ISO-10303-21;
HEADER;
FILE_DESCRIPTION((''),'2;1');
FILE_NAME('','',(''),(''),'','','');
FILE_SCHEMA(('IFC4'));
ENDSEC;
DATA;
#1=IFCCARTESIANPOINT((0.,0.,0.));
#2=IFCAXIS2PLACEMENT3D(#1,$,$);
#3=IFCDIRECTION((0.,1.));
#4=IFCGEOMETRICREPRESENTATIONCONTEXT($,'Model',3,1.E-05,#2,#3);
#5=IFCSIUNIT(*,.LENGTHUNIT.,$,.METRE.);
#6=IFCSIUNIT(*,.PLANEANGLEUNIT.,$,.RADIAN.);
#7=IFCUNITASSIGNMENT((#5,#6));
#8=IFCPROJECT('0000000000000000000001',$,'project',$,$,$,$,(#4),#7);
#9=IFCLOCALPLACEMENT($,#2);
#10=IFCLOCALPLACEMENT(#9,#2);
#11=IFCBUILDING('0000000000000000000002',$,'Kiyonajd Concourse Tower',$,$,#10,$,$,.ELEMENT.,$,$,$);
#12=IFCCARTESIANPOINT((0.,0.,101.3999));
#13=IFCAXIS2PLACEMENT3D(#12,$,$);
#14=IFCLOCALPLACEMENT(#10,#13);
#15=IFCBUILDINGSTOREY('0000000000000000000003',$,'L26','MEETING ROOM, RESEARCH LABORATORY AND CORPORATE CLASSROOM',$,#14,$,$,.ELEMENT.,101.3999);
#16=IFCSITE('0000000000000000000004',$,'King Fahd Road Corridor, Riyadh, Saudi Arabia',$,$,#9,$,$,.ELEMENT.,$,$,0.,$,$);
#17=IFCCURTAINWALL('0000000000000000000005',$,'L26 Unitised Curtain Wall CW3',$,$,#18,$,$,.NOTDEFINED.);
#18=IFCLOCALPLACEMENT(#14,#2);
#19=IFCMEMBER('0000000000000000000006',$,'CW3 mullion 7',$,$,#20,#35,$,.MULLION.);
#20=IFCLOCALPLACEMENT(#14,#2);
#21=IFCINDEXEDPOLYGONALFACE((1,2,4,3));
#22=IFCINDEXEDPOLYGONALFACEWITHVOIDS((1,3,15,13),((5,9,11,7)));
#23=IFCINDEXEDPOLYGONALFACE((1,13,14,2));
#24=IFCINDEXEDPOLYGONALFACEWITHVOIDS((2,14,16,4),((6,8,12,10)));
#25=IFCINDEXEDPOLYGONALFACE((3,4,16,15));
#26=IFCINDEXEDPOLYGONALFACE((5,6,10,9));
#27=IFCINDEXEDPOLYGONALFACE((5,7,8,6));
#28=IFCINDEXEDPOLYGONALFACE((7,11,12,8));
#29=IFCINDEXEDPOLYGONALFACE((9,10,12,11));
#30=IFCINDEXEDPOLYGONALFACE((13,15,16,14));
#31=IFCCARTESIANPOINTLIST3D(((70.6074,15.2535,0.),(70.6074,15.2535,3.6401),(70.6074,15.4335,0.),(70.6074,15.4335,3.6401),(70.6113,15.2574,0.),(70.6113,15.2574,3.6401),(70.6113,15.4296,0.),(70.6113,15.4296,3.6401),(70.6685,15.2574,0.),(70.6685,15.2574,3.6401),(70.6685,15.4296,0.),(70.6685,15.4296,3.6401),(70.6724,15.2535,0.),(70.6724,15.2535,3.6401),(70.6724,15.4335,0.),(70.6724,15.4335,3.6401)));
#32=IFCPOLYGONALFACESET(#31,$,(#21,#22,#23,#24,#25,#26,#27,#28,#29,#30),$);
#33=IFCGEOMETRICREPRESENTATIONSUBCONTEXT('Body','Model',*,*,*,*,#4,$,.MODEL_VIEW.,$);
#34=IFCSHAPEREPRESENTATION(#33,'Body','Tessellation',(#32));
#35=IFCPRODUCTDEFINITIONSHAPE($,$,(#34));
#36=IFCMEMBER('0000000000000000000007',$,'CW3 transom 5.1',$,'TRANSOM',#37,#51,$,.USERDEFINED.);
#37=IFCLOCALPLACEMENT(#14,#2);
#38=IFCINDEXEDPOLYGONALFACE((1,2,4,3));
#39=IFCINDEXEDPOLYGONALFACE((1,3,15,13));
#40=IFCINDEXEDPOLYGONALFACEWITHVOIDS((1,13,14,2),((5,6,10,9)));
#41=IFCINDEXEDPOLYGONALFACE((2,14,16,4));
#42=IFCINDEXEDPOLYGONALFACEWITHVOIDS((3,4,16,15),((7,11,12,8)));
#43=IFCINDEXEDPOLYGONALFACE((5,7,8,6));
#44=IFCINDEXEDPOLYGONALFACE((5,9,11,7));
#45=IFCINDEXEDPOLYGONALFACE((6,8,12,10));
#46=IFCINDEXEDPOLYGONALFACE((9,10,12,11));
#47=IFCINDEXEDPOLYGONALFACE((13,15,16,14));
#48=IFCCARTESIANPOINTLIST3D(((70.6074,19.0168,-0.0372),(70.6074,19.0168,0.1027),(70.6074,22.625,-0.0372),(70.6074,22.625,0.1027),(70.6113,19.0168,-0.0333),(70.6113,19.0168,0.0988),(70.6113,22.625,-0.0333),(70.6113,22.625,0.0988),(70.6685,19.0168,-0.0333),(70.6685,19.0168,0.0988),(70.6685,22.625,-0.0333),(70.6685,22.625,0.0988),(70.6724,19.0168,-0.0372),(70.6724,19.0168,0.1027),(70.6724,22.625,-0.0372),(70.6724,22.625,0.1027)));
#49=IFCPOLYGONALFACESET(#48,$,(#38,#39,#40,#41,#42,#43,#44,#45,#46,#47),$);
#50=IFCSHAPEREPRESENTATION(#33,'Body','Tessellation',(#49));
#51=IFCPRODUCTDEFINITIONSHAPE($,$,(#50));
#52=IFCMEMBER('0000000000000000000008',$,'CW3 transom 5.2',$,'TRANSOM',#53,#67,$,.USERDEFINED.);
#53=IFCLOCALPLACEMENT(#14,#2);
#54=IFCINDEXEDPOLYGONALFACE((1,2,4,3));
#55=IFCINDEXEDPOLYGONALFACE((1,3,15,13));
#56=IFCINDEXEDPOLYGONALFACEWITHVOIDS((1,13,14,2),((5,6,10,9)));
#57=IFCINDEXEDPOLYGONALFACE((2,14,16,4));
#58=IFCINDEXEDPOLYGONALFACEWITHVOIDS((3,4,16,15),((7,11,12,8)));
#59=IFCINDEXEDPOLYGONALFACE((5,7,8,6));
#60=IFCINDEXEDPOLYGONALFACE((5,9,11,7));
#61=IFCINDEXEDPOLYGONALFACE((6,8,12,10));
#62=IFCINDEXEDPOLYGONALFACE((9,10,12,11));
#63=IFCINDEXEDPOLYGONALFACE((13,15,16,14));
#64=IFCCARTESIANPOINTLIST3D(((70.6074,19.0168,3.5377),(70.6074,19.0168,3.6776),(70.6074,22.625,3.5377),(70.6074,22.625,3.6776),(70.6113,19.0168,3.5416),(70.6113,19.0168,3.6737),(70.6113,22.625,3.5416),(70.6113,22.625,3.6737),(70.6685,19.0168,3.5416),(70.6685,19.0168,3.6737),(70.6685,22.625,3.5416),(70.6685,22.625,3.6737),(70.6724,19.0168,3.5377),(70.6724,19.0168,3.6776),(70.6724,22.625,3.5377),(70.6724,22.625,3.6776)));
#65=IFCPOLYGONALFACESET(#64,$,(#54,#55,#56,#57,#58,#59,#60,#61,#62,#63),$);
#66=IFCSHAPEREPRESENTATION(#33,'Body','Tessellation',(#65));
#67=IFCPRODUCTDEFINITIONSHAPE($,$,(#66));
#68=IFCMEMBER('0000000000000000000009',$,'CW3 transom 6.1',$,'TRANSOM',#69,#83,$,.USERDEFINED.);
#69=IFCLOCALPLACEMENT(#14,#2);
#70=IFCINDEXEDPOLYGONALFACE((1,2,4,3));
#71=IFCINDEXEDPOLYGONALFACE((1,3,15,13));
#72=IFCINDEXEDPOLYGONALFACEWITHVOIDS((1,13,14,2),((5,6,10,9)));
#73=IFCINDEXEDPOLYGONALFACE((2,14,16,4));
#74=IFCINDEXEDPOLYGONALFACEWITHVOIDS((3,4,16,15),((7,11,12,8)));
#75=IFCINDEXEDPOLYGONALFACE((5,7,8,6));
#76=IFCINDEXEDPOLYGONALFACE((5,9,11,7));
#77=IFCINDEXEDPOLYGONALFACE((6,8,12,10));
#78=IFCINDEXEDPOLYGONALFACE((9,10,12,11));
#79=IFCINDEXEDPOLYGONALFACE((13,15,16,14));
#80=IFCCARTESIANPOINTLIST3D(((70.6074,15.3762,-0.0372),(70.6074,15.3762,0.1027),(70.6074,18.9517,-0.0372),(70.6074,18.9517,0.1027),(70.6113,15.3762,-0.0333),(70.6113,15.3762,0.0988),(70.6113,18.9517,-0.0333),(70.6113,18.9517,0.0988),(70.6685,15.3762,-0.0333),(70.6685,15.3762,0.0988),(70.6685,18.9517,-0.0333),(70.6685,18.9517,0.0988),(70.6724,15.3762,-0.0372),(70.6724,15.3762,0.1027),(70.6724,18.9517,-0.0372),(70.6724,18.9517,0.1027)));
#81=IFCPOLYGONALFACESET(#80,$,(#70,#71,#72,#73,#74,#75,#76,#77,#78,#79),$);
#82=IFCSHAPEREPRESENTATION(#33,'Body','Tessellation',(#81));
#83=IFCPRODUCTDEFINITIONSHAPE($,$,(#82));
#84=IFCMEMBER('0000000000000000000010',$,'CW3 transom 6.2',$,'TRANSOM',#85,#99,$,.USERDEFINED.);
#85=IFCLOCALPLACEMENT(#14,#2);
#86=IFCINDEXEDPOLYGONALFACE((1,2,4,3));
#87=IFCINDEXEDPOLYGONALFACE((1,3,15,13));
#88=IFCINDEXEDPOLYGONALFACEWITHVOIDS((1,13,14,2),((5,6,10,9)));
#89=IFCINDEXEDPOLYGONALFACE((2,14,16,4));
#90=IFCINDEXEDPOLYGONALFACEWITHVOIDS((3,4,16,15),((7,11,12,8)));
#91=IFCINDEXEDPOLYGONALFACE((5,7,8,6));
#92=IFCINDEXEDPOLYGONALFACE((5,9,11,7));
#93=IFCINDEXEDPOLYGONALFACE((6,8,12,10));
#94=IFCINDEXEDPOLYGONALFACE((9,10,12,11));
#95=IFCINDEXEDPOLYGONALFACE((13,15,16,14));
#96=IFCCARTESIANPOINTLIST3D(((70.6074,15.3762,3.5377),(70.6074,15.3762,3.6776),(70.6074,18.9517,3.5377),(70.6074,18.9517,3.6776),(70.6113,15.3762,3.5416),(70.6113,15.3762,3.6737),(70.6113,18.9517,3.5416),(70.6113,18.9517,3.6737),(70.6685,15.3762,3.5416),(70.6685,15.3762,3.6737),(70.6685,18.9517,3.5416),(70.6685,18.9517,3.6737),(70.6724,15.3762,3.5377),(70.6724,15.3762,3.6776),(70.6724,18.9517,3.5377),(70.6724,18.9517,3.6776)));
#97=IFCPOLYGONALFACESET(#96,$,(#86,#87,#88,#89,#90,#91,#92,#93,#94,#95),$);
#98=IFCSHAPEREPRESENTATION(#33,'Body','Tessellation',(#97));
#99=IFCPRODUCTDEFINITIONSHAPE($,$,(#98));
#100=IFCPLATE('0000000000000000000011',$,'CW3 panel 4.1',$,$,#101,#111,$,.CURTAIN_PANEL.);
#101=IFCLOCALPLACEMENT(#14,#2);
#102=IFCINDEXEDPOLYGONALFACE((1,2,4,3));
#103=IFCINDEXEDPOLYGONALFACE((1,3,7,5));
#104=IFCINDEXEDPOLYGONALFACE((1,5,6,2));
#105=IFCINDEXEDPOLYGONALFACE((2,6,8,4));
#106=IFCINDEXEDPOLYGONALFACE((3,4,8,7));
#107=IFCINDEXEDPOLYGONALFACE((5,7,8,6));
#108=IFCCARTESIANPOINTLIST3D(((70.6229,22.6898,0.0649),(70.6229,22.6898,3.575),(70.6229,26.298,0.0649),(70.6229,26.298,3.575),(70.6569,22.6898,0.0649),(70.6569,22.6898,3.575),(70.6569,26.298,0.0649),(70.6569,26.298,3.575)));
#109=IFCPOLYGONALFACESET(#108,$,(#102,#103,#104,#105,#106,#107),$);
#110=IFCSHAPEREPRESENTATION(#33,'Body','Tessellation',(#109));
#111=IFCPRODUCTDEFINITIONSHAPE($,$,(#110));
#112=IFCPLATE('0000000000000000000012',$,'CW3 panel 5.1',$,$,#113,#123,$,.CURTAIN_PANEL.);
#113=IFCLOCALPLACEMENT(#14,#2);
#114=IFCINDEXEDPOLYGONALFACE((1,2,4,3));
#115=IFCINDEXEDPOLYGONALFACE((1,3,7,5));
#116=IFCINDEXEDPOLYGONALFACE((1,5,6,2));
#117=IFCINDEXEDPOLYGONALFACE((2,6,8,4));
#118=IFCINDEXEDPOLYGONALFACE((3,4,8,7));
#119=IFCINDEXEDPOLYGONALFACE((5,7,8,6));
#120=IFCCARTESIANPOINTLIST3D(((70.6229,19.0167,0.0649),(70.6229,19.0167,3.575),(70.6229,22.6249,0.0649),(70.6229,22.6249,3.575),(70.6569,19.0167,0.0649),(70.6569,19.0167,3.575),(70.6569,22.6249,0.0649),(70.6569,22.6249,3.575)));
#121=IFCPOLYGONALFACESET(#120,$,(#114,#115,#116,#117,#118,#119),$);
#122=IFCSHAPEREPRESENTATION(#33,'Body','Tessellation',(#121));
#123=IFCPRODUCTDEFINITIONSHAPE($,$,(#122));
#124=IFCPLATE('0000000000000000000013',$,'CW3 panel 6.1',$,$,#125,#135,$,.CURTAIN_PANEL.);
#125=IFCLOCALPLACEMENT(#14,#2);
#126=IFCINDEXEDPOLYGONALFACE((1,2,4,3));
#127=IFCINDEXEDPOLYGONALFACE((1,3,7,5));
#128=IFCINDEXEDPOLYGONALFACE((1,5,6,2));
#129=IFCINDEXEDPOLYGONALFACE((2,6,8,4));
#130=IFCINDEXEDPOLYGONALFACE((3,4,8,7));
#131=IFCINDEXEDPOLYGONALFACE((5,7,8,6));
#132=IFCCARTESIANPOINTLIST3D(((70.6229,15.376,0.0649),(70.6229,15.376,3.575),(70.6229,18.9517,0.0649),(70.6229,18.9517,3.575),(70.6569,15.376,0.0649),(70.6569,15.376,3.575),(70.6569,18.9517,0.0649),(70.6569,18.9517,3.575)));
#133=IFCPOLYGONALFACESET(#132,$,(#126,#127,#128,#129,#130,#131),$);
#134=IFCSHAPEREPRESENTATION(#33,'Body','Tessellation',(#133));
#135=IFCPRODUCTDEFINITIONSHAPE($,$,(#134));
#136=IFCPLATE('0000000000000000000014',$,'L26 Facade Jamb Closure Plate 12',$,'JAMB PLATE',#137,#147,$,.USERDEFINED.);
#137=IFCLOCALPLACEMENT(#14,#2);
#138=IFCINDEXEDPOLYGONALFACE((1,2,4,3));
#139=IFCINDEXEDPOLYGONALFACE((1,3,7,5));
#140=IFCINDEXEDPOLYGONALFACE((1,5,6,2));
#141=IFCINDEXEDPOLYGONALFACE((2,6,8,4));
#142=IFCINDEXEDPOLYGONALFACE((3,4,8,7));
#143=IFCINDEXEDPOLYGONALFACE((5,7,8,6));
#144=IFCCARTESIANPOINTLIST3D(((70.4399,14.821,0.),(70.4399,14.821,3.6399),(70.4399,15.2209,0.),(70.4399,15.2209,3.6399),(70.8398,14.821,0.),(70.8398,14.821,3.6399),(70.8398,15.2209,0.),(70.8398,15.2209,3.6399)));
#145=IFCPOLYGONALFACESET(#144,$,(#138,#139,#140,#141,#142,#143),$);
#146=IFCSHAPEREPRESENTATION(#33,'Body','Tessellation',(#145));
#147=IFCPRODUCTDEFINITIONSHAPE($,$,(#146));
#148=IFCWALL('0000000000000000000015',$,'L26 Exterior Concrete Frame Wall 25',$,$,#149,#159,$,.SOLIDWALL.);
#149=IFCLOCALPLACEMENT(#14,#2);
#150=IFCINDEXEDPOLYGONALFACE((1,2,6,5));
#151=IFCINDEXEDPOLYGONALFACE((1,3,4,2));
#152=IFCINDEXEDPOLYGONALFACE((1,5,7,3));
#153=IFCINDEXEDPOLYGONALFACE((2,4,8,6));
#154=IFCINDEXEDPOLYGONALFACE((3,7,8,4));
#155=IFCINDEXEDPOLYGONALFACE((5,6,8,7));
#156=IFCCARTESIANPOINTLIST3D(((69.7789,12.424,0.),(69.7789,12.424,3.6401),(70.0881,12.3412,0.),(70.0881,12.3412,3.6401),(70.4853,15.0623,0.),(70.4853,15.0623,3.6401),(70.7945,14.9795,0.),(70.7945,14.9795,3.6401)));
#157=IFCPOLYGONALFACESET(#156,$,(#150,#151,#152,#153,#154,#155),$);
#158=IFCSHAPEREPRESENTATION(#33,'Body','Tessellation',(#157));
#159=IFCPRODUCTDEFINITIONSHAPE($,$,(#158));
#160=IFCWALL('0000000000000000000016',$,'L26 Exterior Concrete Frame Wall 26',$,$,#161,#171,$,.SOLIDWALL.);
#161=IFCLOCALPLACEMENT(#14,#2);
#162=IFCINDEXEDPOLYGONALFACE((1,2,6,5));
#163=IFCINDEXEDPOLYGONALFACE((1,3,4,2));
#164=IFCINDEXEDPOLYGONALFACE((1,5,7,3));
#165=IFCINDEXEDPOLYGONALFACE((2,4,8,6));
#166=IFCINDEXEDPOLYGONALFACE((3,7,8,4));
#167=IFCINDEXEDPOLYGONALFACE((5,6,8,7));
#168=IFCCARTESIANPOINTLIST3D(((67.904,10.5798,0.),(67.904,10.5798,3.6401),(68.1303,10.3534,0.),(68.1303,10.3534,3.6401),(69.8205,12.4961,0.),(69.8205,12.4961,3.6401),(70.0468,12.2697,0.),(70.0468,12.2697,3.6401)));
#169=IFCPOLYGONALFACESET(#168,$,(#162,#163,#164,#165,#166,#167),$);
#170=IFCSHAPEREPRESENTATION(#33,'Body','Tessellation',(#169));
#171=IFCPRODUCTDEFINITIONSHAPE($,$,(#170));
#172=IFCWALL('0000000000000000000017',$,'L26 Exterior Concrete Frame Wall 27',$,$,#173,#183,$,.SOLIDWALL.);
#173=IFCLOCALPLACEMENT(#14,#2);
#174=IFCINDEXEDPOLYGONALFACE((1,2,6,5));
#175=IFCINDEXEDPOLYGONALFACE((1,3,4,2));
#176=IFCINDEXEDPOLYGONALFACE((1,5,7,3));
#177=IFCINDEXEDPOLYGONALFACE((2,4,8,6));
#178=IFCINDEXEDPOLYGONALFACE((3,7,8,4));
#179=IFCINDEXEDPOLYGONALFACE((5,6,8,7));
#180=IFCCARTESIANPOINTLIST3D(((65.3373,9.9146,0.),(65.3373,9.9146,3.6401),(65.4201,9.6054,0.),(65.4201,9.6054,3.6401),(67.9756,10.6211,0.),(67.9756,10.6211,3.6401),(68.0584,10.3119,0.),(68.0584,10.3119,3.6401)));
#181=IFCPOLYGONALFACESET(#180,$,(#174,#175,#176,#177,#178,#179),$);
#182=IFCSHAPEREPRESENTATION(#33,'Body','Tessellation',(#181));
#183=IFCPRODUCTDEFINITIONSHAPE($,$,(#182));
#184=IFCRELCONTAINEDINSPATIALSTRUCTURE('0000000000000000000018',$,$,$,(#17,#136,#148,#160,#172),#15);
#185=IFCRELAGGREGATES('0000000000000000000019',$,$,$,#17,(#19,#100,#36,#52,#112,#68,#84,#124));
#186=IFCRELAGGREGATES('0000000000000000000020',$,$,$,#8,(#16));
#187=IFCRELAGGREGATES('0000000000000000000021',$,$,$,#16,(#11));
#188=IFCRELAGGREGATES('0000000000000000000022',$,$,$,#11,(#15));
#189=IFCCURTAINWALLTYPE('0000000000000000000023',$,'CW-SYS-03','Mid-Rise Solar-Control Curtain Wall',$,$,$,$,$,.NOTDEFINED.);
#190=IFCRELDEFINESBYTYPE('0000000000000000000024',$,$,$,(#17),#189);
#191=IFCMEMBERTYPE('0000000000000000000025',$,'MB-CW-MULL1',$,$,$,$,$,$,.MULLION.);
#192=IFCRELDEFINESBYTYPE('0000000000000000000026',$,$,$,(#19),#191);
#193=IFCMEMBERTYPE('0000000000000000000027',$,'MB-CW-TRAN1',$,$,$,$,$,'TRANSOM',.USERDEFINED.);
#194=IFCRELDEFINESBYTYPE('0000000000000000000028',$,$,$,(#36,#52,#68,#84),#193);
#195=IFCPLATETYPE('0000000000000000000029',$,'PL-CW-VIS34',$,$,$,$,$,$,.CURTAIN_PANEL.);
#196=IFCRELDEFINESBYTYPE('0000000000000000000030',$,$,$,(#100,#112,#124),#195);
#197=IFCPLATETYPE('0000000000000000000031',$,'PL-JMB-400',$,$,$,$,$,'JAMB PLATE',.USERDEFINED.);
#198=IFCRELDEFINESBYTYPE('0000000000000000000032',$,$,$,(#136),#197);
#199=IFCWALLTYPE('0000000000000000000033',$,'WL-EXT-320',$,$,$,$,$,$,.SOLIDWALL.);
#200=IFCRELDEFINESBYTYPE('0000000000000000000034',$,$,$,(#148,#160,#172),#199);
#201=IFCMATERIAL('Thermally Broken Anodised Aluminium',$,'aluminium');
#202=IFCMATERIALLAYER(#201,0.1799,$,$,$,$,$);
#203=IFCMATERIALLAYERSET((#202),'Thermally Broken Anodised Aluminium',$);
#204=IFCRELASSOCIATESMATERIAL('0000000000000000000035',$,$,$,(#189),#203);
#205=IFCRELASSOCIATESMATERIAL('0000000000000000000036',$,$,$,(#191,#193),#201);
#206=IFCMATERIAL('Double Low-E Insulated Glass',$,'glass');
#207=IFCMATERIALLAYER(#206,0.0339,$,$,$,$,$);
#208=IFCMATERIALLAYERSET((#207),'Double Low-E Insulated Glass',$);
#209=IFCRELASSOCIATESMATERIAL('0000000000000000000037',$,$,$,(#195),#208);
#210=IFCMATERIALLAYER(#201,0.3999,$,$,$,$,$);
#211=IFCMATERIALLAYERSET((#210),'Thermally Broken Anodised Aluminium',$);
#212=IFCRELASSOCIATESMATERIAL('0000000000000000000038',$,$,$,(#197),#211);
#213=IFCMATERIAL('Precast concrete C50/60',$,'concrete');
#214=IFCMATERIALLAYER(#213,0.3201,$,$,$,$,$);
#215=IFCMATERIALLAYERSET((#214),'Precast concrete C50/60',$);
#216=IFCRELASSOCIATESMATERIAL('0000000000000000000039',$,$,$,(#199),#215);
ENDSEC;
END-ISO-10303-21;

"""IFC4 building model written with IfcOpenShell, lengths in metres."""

from ifc_helpers import new_model, si_unit, direction, frame, frame_2d, origin, origin_2d, place, context, subcontext, project, spatial, rectangle, hollow_rectangle, extrude, material, layer, layer_set, material_profile, profile_set, type_object, element, aggregate, save


model = new_model("IFC4")

# Units and contexts
model_context = context("Model", 3, precision=1e-05, world=origin(), true_north=direction((0.0, 1.0)))
body_context = subcontext(model_context, "Body", "Model", "MODEL_VIEW")
ifc_project = project(units=[si_unit("LENGTHUNIT", "METRE"), si_unit("PLANEANGLEUNIT", "RADIAN")], contexts=[model_context])

# Site, building, storey
site_placement = place(None, origin())
site = spatial("IfcSite", under=ifc_project, at=site_placement, Name="King Fahd Road Corridor, Riyadh, Saudi Arabia", CompositionType="ELEMENT", RefElevation=0.0)
building_placement = place(site_placement, origin())
building = spatial("IfcBuilding", under=site, at=building_placement, Name="Kiyonajd Concourse Tower", CompositionType="ELEMENT")
storey_placement = place(building_placement, frame((0.0, 0.0, 101.3999)))
storey = spatial("IfcBuildingStorey", under=building, at=storey_placement, Name="L26", Description="MEETING ROOM, RESEARCH LABORATORY AND CORPORATE CLASSROOM", CompositionType="ELEMENT", Elevation=101.3999)

# Shared definitions
ifc_material_1 = material(Name="Precast concrete C50/60", Category="concrete")

# Curtain wall, members, plates
ifc_material_2 = material(Name="Thermally Broken Anodised Aluminium", Category="aluminium")
ifc_layer_1 = layer(ifc_material_2, 0.1799)
ifc_layer_set_1 = layer_set([ifc_layer_1], Name="Thermally Broken Anodised Aluminium")
curtain_wall_type = type_object("IfcCurtainWallType", Name="CW-SYS-03", Description="Mid-Rise Solar-Control Curtain Wall", PredefinedType="NOTDEFINED", material=ifc_layer_set_1)
curtain_wall_placement = place(storey_placement, origin())
curtain_wall = element("IfcCurtainWall", 1, at=curtain_wall_placement, inside=storey, type_object=curtain_wall_type, Name="L26 Unitised Curtain Wall CW3", PredefinedType="NOTDEFINED")
ifc_material_profile_1 = material_profile(ifc_material_2, hollow_rectangle(XDim=0.0649, YDim=0.1799, WallThickness=0.0039, at=origin_2d()), Name="MULL-65x180")
ifc_profile_set_1 = profile_set([ifc_material_profile_1], Name="Thermally Broken Anodised Aluminium")
member_type_1 = type_object("IfcMemberType", Name="MB-CW-MULL1", PredefinedType="MULLION", material=ifc_profile_set_1)
member_1_placement = place(storey_placement, frame((70.6399, 15.3435, 0.0), z_axis=(0.0, 0.0, 1.0), x_axis=(1.0, 0.0, 0.0)))
member_1 = element("IfcMember", 2, at=member_1_placement, type_object=member_type_1, Name="CW3 mullion 7", PredefinedType="MULLION", context=body_context, shape_type="SweptSolid", body=[
    extrude(hollow_rectangle(XDim=0.0649, YDim=0.1799, WallThickness=0.0039, at=origin_2d()), origin(), (0.0, 0.0, 1.0), 3.6401),
])
ifc_material_profile_2 = material_profile(ifc_material_2, hollow_rectangle(XDim=0.0649, YDim=0.1399, WallThickness=0.0039, at=origin_2d()), Name="TRAN-65x140")
ifc_profile_set_2 = profile_set([ifc_material_profile_2], Name="Thermally Broken Anodised Aluminium")
member_type_2 = type_object("IfcMemberType", Name="MB-CW-TRAN1", ElementType="TRANSOM", PredefinedType="USERDEFINED", material=ifc_profile_set_2)
member_2_placement = place(storey_placement, frame((70.6399, 22.625, 0.0327), z_axis=(0.0, -1.0, 0.0), x_axis=(1.0, 0.0, 0.0)))
member_2 = element("IfcMember", 3, at=member_2_placement, type_object=member_type_2, Name="CW3 transom 5.1", ObjectType="TRANSOM", PredefinedType="USERDEFINED", context=body_context, shape_type="SweptSolid", body=[
    extrude(hollow_rectangle(XDim=0.0649, YDim=0.1399, WallThickness=0.0039, at=origin_2d()), origin(), (0.0, 0.0, 1.0), 3.6082),
])
member_3_placement = place(storey_placement, frame((70.6399, 22.625, 3.6077), z_axis=(0.0, -1.0, 0.0), x_axis=(1.0, 0.0, 0.0)))
member_3 = element("IfcMember", 4, at=member_3_placement, type_object=member_type_2, Name="CW3 transom 5.2", ObjectType="TRANSOM", PredefinedType="USERDEFINED", context=body_context, shape_type="SweptSolid", body=[
    extrude(hollow_rectangle(XDim=0.0649, YDim=0.1399, WallThickness=0.0039, at=origin_2d()), origin(), (0.0, 0.0, 1.0), 3.6082),
])
member_4_placement = place(storey_placement, frame((70.6399, 18.9517, 0.0327), z_axis=(0.0, -1.0, 0.0), x_axis=(1.0, 0.0, 0.0)))
member_4 = element("IfcMember", 5, at=member_4_placement, type_object=member_type_2, Name="CW3 transom 6.1", ObjectType="TRANSOM", PredefinedType="USERDEFINED", context=body_context, shape_type="SweptSolid", body=[
    extrude(hollow_rectangle(XDim=0.0649, YDim=0.1399, WallThickness=0.0039, at=origin_2d()), origin(), (0.0, 0.0, 1.0), 3.5754),
])
member_5_placement = place(storey_placement, frame((70.6399, 18.9517, 3.6077), z_axis=(0.0, -1.0, 0.0), x_axis=(1.0, 0.0, 0.0)))
member_5 = element("IfcMember", 6, at=member_5_placement, type_object=member_type_2, Name="CW3 transom 6.2", ObjectType="TRANSOM", PredefinedType="USERDEFINED", context=body_context, shape_type="SweptSolid", body=[
    extrude(hollow_rectangle(XDim=0.0649, YDim=0.1399, WallThickness=0.0039, at=origin_2d()), origin(), (0.0, 0.0, 1.0), 3.5754),
])
ifc_material_3 = material(Name="Double Low-E Insulated Glass", Category="glass")
ifc_layer_2 = layer(ifc_material_3, 0.0339)
ifc_layer_set_2 = layer_set([ifc_layer_2], Name="Double Low-E Insulated Glass")
plate_type_1 = type_object("IfcPlateType", Name="PL-CW-VIS34", PredefinedType="CURTAIN_PANEL", material=ifc_layer_set_2)
plate_1_placement = place(storey_placement, frame((70.6399, 24.4939, 0.0649), z_axis=(0.0, 0.0, 1.0), x_axis=(0.0, -1.0, 0.0)))
plate_1 = element("IfcPlate", 7, at=plate_1_placement, type_object=plate_type_1, Name="CW3 panel 4.1", PredefinedType="CURTAIN_PANEL", context=body_context, shape_type="SweptSolid", body=[
    extrude(rectangle(XDim=3.6082, YDim=0.0339, at=origin_2d()), origin(), (0.0, 0.0, 1.0), 3.51),
])
plate_2_placement = place(storey_placement, frame((70.6399, 20.8208, 0.0649), z_axis=(0.0, 0.0, 1.0), x_axis=(0.0, -1.0, 0.0)))
plate_2 = element("IfcPlate", 8, at=plate_2_placement, type_object=plate_type_1, Name="CW3 panel 5.1", PredefinedType="CURTAIN_PANEL", context=body_context, shape_type="SweptSolid", body=[
    extrude(rectangle(XDim=3.6082, YDim=0.0339, at=origin_2d()), origin(), (0.0, 0.0, 1.0), 3.51),
])
plate_3_placement = place(storey_placement, frame((70.6399, 17.1638, 0.0649), z_axis=(0.0, 0.0, 1.0), x_axis=(0.0, -1.0, 0.0)))
plate_3 = element("IfcPlate", 9, at=plate_3_placement, type_object=plate_type_1, Name="CW3 panel 6.1", PredefinedType="CURTAIN_PANEL", context=body_context, shape_type="SweptSolid", body=[
    extrude(rectangle(XDim=3.5757, YDim=0.0339, at=origin_2d()), origin(), (0.0, 0.0, 1.0), 3.51),
])
aggregate(curtain_wall, [member_1, plate_1, member_2, member_3, plate_2, member_4, member_5, plate_3])

# Plate
ifc_layer_3 = layer(ifc_material_2, 0.3999)
ifc_layer_set_3 = layer_set([ifc_layer_3], Name="Thermally Broken Anodised Aluminium")
plate_type_2 = type_object("IfcPlateType", Name="PL-JMB-400", ElementType="JAMB PLATE", PredefinedType="USERDEFINED", material=ifc_layer_set_3)
plate_4_placement = place(storey_placement, frame((70.6399, 15.021, 0.0), z_axis=(0.0, 0.0, 1.0), x_axis=(1.0, 0.0, 0.0)))
element("IfcPlate", 10, at=plate_4_placement, inside=storey, type_object=plate_type_2, Name="L26 Facade Jamb Closure Plate 12", ObjectType="JAMB PLATE", PredefinedType="USERDEFINED", context=body_context, shape_type="SweptSolid", body=[
    extrude(rectangle(XDim=0.3999, YDim=0.3999, at=origin_2d()), origin(), (0.0, 0.0, 1.0), 3.6399),
])

# Walls
ifc_layer_4 = layer(ifc_material_1, 0.3201)
ifc_layer_set_4 = layer_set([ifc_layer_4], Name="Precast concrete C50/60")
wall_type_1 = type_object("IfcWallType", Name="WL-EXT-320", PredefinedType="SOLIDWALL", material=ifc_layer_set_4)
wall_1_placement = place(storey_placement, frame((70.6399, 15.021, 0.0), z_axis=(0.0, 0.0, 1.0), x_axis=(-0.258614, -0.965981, 0.0)))
element("IfcWall", 11, at=wall_1_placement, inside=storey, type_object=wall_type_1, Name="L26 Exterior Concrete Frame Wall 25", PredefinedType="SOLIDWALL", context=body_context, shape_type="SweptSolid", body=[
    extrude(rectangle(XDim=2.7312, YDim=0.3201, at=frame_2d((1.3657, 0.0))), origin(), (0.0, 0.0, 1.0), 3.6401),
])
wall_2_placement = place(storey_placement, frame((69.9336, 12.3828, 0.0), z_axis=(0.0, 0.0, 1.0), x_axis=(-0.707152, -0.707062, 0.0)))
element("IfcWall", 12, at=wall_2_placement, inside=storey, type_object=wall_type_1, Name="L26 Exterior Concrete Frame Wall 26", PredefinedType="SOLIDWALL", context=body_context, shape_type="SweptSolid", body=[
    extrude(rectangle(XDim=2.7102, YDim=0.3201, at=frame_2d((1.355, 0.0))), origin(), (0.0, 0.0, 1.0), 3.6401),
])
wall_3_placement = place(storey_placement, frame((68.0171, 10.4666, 0.0), z_axis=(0.0, 0.0, 1.0), x_axis=(-0.965958, -0.258697, 0.0)))
element("IfcWall", 13, at=wall_3_placement, inside=storey, type_object=wall_type_1, Name="L26 Exterior Concrete Frame Wall 27", PredefinedType="SOLIDWALL", context=body_context, shape_type="SweptSolid", body=[
    extrude(rectangle(XDim=2.7312, YDim=0.3201, at=frame_2d((1.3657, 0.0))), origin(), (0.0, 0.0, 1.0), 3.6401),
])

save(model, "model.ifc")
